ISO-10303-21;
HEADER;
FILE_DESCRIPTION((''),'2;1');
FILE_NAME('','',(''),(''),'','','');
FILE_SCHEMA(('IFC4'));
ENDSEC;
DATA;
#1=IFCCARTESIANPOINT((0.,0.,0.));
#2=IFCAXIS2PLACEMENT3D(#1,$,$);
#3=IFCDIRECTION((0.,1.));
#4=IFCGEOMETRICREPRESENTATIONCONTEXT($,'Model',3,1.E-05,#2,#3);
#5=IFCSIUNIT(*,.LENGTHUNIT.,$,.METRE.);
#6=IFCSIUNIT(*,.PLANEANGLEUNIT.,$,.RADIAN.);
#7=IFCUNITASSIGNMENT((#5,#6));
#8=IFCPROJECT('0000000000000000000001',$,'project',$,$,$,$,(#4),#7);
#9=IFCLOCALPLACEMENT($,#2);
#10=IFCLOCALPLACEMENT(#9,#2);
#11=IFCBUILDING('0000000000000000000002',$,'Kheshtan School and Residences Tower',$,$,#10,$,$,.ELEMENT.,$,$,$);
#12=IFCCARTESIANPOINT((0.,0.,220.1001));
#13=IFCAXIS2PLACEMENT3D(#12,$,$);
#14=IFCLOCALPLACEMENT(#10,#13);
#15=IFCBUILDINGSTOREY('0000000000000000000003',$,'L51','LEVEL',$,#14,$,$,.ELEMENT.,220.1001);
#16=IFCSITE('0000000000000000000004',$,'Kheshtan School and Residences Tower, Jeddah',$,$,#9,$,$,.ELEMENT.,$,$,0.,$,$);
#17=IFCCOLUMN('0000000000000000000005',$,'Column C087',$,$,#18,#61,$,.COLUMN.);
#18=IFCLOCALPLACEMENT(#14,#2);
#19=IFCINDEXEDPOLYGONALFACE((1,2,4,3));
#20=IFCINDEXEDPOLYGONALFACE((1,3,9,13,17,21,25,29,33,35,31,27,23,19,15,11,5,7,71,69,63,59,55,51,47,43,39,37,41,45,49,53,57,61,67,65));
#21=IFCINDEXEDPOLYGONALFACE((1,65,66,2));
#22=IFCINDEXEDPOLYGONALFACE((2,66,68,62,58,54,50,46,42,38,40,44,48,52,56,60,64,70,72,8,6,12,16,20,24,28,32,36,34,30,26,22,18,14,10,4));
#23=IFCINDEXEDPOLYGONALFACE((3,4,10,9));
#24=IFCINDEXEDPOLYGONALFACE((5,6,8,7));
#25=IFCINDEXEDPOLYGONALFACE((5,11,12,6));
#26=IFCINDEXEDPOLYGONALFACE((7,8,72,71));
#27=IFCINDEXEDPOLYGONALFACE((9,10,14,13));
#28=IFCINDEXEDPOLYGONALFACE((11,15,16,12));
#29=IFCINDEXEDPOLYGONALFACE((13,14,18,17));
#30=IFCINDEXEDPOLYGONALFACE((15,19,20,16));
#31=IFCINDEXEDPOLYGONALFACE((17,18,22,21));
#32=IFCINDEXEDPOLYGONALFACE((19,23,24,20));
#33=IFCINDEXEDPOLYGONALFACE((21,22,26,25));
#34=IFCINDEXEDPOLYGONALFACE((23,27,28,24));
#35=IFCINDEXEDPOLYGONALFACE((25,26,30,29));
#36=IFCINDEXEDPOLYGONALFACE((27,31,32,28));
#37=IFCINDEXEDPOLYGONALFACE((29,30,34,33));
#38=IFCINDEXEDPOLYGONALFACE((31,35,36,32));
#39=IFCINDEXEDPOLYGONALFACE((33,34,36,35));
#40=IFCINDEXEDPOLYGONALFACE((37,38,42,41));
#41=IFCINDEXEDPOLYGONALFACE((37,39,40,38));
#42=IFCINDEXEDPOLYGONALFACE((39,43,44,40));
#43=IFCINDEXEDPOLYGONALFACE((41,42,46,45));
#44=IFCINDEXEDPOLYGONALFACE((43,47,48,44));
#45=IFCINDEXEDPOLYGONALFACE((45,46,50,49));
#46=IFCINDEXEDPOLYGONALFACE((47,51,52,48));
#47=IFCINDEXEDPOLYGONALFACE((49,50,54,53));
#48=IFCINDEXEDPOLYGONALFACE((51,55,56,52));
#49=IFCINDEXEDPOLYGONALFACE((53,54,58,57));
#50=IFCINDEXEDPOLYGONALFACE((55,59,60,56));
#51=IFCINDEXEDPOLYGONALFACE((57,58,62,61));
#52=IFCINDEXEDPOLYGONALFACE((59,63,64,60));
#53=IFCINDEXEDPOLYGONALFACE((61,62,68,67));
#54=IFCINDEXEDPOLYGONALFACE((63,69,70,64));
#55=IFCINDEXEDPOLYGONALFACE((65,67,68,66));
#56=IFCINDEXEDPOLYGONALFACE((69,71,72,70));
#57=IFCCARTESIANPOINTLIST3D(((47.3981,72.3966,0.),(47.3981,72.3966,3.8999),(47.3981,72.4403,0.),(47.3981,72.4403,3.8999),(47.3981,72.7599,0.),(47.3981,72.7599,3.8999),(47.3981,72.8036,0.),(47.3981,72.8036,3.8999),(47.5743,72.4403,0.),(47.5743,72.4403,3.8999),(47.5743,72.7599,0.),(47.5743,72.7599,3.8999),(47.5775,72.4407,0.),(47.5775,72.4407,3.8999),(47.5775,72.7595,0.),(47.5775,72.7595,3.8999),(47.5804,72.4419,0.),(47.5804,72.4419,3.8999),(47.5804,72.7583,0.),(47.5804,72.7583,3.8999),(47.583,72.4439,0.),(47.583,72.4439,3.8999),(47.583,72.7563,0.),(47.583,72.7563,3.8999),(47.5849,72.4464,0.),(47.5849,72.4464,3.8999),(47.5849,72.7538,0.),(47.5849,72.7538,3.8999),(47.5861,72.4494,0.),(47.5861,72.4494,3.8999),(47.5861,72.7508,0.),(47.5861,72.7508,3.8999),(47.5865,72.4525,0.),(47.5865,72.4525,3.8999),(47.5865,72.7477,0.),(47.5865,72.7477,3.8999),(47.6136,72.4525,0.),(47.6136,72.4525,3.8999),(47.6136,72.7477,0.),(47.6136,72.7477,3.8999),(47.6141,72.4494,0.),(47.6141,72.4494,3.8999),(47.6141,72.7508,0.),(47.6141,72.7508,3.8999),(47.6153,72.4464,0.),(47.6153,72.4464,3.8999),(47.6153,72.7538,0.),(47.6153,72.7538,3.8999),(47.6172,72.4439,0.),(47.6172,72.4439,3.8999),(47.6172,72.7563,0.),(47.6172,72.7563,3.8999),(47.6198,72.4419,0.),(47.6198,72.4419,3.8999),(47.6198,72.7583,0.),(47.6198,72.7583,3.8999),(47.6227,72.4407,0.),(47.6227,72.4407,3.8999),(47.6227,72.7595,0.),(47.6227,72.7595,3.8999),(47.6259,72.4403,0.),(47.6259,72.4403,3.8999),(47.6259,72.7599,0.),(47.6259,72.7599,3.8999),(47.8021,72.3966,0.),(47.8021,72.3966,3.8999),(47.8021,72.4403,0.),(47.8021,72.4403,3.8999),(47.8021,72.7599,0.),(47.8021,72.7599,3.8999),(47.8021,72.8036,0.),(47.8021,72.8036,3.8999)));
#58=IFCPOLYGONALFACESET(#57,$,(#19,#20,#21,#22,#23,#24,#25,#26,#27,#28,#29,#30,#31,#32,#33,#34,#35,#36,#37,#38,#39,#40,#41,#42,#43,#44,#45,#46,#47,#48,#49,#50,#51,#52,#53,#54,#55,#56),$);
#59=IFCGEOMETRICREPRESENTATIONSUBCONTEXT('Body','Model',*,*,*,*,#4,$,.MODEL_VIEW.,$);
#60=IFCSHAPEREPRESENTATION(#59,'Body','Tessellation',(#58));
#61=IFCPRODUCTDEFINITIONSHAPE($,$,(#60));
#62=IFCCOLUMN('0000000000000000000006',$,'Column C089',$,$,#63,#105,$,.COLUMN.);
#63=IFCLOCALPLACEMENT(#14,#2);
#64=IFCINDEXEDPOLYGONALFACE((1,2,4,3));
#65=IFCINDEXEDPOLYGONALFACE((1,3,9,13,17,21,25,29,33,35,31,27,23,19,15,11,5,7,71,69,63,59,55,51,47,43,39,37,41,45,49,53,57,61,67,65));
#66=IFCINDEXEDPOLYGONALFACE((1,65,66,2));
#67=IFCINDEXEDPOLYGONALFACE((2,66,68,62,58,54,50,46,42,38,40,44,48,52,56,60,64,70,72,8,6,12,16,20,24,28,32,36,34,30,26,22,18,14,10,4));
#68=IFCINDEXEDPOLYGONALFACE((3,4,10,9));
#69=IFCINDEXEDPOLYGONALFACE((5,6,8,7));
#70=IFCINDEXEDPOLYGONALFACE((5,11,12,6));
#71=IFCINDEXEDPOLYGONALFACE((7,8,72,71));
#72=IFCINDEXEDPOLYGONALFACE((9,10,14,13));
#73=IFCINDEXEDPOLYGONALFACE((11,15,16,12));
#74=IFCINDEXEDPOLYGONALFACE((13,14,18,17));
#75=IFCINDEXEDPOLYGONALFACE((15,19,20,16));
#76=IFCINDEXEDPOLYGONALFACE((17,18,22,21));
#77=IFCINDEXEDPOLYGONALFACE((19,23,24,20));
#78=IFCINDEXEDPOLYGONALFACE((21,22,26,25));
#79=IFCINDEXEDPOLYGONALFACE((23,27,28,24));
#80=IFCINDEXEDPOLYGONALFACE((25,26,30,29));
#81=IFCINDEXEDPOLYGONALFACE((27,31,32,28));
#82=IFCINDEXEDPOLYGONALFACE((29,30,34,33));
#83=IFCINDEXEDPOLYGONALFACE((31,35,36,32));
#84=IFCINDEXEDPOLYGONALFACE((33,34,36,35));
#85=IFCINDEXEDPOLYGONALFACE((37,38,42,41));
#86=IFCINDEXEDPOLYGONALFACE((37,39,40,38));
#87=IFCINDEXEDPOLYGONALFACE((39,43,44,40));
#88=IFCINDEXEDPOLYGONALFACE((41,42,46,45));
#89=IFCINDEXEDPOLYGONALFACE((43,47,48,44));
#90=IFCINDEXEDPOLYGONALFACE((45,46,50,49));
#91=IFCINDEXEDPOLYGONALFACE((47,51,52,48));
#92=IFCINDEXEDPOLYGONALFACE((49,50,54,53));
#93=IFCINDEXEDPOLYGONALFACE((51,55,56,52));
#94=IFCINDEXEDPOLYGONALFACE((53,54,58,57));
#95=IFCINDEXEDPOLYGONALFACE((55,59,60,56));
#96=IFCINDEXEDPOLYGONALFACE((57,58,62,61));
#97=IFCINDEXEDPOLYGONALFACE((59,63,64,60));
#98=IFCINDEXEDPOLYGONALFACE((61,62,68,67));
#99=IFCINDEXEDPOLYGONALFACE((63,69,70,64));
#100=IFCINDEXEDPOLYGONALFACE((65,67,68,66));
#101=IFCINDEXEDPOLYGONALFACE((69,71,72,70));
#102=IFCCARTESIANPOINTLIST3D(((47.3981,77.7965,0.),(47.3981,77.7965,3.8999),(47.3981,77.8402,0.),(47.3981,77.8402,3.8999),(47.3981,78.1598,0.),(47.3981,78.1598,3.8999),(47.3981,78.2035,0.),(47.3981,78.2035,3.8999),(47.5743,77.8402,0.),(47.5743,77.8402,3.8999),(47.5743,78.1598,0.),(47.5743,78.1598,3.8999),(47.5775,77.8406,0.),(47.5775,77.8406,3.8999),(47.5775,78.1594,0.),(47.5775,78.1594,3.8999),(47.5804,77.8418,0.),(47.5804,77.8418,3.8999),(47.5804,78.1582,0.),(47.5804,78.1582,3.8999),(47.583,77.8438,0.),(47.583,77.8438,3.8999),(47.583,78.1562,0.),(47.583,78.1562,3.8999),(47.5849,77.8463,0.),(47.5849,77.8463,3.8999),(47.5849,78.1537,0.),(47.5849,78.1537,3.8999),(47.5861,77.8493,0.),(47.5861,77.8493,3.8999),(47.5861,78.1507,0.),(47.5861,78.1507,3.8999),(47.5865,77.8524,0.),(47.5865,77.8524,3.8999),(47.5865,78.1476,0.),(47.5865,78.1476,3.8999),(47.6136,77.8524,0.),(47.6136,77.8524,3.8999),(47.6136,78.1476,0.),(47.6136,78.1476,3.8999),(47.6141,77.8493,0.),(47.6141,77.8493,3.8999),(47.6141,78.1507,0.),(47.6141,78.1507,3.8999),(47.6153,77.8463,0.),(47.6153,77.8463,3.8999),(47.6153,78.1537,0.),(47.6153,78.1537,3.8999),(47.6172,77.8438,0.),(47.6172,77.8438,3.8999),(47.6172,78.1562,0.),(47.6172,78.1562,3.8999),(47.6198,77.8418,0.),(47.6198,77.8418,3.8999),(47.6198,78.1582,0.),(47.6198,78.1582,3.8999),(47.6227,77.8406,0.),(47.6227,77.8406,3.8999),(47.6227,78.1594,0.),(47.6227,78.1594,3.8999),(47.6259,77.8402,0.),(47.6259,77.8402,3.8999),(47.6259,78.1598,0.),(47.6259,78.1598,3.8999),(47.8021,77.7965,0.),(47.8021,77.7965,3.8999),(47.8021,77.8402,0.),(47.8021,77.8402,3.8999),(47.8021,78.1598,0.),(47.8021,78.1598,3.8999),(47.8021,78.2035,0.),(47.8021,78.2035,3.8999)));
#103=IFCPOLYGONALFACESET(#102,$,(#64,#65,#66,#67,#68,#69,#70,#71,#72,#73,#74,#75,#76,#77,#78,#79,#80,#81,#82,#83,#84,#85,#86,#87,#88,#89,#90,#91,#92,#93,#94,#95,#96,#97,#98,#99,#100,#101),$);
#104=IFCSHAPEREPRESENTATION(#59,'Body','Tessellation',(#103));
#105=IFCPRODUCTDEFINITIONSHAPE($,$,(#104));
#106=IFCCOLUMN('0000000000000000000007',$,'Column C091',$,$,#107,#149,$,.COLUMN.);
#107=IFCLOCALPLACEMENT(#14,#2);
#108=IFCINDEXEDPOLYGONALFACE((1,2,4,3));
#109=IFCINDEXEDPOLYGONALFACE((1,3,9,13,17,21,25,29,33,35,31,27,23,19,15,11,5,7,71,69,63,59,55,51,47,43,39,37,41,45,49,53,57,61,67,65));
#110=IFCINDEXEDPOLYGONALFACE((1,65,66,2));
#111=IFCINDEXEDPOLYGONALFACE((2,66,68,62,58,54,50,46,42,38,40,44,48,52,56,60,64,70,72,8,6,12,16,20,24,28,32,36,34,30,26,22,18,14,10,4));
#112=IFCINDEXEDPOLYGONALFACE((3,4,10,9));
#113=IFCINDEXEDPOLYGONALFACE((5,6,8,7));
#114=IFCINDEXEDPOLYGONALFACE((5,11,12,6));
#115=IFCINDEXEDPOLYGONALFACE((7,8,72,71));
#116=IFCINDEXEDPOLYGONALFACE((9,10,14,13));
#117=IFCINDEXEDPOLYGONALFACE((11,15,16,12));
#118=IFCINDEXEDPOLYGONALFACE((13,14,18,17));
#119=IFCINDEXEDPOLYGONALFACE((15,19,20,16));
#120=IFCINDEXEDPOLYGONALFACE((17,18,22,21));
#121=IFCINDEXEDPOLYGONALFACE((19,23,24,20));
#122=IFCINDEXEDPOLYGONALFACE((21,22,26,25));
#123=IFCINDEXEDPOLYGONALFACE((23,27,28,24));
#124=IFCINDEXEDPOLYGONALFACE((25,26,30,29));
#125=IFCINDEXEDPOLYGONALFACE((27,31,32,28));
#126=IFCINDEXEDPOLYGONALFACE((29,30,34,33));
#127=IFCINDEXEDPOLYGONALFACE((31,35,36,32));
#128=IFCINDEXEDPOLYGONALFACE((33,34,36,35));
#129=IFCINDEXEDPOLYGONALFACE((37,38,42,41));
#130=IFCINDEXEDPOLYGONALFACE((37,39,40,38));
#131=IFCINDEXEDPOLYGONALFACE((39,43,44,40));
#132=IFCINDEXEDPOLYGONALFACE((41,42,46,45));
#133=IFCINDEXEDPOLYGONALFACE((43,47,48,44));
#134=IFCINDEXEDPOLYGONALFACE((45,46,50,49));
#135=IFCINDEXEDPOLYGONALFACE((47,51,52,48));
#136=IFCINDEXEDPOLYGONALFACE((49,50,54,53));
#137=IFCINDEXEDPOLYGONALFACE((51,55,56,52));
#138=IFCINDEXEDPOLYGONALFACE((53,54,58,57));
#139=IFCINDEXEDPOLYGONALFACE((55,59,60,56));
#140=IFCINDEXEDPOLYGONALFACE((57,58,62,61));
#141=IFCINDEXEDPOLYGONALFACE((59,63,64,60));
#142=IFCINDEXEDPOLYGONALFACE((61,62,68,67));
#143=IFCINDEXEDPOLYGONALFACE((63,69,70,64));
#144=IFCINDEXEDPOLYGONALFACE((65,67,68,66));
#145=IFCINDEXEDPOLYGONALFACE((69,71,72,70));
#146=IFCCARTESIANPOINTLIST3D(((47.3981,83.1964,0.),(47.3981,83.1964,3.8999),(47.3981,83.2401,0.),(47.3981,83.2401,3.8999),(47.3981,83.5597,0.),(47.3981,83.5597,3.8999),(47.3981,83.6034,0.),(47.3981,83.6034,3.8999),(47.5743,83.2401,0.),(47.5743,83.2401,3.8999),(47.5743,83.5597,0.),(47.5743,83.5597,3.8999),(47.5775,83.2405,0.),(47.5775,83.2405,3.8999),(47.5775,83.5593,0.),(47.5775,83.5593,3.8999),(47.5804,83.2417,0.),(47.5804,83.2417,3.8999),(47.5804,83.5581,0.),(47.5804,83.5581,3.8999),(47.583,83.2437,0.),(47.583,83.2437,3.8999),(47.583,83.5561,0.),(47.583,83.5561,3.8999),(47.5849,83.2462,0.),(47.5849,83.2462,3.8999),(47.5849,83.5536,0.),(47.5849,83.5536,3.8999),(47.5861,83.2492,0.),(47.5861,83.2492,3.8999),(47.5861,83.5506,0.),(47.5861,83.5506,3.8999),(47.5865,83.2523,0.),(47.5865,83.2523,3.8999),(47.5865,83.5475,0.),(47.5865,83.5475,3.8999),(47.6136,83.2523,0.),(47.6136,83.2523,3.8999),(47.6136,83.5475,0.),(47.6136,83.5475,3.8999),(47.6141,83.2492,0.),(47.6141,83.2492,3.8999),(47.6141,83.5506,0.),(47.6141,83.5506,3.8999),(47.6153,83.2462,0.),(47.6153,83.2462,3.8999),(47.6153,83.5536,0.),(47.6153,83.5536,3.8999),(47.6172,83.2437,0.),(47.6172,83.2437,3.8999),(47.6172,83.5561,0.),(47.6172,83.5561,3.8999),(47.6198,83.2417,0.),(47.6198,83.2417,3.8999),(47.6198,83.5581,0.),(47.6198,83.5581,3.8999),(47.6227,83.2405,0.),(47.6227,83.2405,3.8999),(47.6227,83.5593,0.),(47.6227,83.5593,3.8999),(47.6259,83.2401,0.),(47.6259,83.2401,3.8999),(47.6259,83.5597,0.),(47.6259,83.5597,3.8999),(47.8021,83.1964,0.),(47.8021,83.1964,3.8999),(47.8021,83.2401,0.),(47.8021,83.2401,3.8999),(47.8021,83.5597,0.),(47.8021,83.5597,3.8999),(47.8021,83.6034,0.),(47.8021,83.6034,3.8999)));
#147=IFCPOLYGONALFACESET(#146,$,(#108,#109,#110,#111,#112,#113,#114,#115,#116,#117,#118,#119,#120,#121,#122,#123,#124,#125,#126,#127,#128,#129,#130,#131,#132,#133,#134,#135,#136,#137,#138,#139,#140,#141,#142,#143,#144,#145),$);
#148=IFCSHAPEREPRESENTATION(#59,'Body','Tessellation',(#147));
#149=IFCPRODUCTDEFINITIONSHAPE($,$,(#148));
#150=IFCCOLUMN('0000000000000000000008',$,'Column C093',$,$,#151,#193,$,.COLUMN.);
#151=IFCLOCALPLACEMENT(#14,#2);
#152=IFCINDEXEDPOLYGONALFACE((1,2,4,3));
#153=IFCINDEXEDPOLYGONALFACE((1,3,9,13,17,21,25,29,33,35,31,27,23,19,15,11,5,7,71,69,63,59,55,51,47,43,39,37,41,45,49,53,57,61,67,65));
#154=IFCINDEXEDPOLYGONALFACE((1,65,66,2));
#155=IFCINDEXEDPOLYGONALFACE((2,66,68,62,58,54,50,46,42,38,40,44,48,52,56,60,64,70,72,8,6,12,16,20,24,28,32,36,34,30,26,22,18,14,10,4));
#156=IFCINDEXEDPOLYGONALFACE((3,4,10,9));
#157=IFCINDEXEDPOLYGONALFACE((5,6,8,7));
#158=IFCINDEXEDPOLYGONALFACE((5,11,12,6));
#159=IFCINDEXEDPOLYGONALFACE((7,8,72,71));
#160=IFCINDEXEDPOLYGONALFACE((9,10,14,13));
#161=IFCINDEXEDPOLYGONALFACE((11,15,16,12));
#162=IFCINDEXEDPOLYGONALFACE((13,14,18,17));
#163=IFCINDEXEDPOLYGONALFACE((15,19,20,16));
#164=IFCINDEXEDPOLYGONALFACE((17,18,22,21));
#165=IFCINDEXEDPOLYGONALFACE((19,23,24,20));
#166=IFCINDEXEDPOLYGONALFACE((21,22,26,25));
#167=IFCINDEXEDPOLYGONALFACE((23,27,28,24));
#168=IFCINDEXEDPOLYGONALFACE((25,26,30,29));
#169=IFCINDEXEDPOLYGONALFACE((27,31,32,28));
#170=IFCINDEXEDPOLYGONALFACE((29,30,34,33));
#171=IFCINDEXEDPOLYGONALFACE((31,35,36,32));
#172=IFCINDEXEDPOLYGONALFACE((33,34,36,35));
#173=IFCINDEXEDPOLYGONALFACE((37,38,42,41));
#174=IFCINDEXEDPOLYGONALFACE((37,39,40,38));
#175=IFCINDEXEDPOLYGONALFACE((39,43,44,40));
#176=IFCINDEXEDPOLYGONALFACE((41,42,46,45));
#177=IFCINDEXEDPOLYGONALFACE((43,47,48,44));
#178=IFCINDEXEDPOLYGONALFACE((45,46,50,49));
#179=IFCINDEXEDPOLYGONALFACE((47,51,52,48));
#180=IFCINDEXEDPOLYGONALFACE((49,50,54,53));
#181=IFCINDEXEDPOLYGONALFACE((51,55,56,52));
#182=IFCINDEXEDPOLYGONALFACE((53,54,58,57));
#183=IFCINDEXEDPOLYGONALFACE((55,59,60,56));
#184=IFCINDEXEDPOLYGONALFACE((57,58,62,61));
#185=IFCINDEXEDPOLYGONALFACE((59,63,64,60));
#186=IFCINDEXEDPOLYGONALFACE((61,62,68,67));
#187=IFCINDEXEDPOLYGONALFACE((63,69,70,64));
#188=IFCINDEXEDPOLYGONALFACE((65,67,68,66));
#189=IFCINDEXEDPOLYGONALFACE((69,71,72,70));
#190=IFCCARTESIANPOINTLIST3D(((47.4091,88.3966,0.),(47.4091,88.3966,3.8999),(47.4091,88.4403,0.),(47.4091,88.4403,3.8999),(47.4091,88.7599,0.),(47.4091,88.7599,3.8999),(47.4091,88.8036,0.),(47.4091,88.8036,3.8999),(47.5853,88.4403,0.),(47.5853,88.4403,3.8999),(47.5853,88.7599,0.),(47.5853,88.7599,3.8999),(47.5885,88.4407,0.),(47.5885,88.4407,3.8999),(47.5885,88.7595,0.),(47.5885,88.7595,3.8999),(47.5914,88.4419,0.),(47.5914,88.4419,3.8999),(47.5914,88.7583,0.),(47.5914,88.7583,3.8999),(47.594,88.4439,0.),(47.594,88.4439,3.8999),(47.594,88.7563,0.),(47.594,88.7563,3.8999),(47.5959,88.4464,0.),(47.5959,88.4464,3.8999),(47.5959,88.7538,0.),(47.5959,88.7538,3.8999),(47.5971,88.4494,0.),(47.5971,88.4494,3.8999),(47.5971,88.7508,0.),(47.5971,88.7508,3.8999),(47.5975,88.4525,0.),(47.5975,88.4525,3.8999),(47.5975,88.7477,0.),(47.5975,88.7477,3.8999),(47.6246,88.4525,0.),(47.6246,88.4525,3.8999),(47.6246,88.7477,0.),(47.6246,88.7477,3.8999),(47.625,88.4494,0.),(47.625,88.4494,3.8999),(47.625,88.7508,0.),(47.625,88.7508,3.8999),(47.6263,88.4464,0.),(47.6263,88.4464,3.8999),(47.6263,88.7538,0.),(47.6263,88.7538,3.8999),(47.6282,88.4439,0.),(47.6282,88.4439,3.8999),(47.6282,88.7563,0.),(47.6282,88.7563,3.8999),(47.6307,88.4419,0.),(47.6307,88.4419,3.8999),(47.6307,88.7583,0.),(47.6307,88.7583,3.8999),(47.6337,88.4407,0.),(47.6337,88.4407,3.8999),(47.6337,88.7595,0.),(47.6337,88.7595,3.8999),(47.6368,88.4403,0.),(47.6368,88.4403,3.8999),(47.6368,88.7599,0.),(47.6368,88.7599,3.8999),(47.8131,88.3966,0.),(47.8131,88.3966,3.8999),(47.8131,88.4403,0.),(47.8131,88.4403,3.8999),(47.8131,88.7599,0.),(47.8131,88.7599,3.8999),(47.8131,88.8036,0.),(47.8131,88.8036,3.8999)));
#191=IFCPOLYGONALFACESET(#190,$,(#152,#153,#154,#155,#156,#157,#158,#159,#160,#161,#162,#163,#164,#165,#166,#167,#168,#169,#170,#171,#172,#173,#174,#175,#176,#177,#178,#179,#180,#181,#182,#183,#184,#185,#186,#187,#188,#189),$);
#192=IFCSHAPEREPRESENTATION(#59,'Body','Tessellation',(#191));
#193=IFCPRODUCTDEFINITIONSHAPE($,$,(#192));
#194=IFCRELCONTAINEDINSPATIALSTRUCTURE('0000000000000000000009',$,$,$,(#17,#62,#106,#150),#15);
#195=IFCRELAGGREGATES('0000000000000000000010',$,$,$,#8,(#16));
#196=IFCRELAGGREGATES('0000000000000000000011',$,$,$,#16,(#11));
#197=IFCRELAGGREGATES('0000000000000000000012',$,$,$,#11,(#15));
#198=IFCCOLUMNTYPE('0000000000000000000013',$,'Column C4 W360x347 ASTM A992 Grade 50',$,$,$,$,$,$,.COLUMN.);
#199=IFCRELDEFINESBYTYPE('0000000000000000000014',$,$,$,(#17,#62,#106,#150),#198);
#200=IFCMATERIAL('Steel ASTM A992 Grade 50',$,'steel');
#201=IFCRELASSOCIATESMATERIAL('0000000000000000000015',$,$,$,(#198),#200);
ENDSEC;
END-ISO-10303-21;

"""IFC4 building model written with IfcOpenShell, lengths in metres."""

from ifc_helpers import new_model, si_unit, direction, frame, origin, origin_2d, place, context, subcontext, project, spatial, i_section, extrude, material, material_profile, profile_set, type_object, element, save


model = new_model("IFC4")

# Units and contexts
model_context = context("Model", 3, precision=1e-05, world=origin(), true_north=direction((0.0, 1.0)))
body_context = subcontext(model_context, "Body", "Model", "MODEL_VIEW")
ifc_project = project(units=[si_unit("LENGTHUNIT", "METRE"), si_unit("PLANEANGLEUNIT", "RADIAN")], contexts=[model_context])

# Site, building, storey
site_placement = place(None, origin())
site = spatial("IfcSite", under=ifc_project, at=site_placement, Name="Kheshtan School and Residences Tower, Jeddah", CompositionType="ELEMENT", RefElevation=0.0)
building_placement = place(site_placement, origin())
building = spatial("IfcBuilding", under=site, at=building_placement, Name="Kheshtan School and Residences Tower", CompositionType="ELEMENT")
storey_placement = place(building_placement, frame((0.0, 0.0, 220.1001)))
storey = spatial("IfcBuildingStorey", under=building, at=storey_placement, Name="L51", Description="LEVEL", CompositionType="ELEMENT", Elevation=220.1001)

# Columns
ifc_material_1 = material(Name="Steel ASTM A992 Grade 50", Category="steel")
ifc_material_profile_1 = material_profile(ifc_material_1, i_section(OverallWidth=0.4041, OverallDepth=0.407, WebThickness=0.0271, FlangeThickness=0.0437, FilletRadius=0.0122, at=origin_2d()), Name="W360x347")
ifc_profile_set_1 = profile_set([ifc_material_profile_1], Name="Steel ASTM A992 Grade 50")
column_type = type_object("IfcColumnType", Name="Column C4 W360x347 ASTM A992 Grade 50", PredefinedType="COLUMN", material=ifc_profile_set_1)
for number, where, z_axis, x_axis, name in (
    (1, (47.6001, 72.6001, 0.0), (0.0, 0.0, 1.0), (1.0, 0.0, 0.0), "Column C087"),
    (2, (47.6001, 78.0, 0.0), (0.0, 0.0, 1.0), (1.0, 0.0, 0.0), "Column C089"),
    (3, (47.6001, 83.3999, 0.0), (0.0, 0.0, 1.0), (1.0, 0.0, 0.0), "Column C091"),
    (4, (47.6111, 88.6001, 0.0), (0.0, 0.0, 1.0), (1.0, 0.0, 0.0), "Column C093"),
):
    element("IfcColumn", number, at=place(storey_placement, frame(where, z_axis=z_axis, x_axis=x_axis)), inside=storey, type_object=column_type, Name=name, PredefinedType="COLUMN", context=body_context, shape_type="SweptSolid", body=[
        extrude(i_section(OverallWidth=0.4041, OverallDepth=0.407, WebThickness=0.0271, FlangeThickness=0.0437, FilletRadius=0.0122, at=origin_2d()), origin(), (0.0, 0.0, 1.0), 3.8999),
    ])

save(model, "model.ifc")
